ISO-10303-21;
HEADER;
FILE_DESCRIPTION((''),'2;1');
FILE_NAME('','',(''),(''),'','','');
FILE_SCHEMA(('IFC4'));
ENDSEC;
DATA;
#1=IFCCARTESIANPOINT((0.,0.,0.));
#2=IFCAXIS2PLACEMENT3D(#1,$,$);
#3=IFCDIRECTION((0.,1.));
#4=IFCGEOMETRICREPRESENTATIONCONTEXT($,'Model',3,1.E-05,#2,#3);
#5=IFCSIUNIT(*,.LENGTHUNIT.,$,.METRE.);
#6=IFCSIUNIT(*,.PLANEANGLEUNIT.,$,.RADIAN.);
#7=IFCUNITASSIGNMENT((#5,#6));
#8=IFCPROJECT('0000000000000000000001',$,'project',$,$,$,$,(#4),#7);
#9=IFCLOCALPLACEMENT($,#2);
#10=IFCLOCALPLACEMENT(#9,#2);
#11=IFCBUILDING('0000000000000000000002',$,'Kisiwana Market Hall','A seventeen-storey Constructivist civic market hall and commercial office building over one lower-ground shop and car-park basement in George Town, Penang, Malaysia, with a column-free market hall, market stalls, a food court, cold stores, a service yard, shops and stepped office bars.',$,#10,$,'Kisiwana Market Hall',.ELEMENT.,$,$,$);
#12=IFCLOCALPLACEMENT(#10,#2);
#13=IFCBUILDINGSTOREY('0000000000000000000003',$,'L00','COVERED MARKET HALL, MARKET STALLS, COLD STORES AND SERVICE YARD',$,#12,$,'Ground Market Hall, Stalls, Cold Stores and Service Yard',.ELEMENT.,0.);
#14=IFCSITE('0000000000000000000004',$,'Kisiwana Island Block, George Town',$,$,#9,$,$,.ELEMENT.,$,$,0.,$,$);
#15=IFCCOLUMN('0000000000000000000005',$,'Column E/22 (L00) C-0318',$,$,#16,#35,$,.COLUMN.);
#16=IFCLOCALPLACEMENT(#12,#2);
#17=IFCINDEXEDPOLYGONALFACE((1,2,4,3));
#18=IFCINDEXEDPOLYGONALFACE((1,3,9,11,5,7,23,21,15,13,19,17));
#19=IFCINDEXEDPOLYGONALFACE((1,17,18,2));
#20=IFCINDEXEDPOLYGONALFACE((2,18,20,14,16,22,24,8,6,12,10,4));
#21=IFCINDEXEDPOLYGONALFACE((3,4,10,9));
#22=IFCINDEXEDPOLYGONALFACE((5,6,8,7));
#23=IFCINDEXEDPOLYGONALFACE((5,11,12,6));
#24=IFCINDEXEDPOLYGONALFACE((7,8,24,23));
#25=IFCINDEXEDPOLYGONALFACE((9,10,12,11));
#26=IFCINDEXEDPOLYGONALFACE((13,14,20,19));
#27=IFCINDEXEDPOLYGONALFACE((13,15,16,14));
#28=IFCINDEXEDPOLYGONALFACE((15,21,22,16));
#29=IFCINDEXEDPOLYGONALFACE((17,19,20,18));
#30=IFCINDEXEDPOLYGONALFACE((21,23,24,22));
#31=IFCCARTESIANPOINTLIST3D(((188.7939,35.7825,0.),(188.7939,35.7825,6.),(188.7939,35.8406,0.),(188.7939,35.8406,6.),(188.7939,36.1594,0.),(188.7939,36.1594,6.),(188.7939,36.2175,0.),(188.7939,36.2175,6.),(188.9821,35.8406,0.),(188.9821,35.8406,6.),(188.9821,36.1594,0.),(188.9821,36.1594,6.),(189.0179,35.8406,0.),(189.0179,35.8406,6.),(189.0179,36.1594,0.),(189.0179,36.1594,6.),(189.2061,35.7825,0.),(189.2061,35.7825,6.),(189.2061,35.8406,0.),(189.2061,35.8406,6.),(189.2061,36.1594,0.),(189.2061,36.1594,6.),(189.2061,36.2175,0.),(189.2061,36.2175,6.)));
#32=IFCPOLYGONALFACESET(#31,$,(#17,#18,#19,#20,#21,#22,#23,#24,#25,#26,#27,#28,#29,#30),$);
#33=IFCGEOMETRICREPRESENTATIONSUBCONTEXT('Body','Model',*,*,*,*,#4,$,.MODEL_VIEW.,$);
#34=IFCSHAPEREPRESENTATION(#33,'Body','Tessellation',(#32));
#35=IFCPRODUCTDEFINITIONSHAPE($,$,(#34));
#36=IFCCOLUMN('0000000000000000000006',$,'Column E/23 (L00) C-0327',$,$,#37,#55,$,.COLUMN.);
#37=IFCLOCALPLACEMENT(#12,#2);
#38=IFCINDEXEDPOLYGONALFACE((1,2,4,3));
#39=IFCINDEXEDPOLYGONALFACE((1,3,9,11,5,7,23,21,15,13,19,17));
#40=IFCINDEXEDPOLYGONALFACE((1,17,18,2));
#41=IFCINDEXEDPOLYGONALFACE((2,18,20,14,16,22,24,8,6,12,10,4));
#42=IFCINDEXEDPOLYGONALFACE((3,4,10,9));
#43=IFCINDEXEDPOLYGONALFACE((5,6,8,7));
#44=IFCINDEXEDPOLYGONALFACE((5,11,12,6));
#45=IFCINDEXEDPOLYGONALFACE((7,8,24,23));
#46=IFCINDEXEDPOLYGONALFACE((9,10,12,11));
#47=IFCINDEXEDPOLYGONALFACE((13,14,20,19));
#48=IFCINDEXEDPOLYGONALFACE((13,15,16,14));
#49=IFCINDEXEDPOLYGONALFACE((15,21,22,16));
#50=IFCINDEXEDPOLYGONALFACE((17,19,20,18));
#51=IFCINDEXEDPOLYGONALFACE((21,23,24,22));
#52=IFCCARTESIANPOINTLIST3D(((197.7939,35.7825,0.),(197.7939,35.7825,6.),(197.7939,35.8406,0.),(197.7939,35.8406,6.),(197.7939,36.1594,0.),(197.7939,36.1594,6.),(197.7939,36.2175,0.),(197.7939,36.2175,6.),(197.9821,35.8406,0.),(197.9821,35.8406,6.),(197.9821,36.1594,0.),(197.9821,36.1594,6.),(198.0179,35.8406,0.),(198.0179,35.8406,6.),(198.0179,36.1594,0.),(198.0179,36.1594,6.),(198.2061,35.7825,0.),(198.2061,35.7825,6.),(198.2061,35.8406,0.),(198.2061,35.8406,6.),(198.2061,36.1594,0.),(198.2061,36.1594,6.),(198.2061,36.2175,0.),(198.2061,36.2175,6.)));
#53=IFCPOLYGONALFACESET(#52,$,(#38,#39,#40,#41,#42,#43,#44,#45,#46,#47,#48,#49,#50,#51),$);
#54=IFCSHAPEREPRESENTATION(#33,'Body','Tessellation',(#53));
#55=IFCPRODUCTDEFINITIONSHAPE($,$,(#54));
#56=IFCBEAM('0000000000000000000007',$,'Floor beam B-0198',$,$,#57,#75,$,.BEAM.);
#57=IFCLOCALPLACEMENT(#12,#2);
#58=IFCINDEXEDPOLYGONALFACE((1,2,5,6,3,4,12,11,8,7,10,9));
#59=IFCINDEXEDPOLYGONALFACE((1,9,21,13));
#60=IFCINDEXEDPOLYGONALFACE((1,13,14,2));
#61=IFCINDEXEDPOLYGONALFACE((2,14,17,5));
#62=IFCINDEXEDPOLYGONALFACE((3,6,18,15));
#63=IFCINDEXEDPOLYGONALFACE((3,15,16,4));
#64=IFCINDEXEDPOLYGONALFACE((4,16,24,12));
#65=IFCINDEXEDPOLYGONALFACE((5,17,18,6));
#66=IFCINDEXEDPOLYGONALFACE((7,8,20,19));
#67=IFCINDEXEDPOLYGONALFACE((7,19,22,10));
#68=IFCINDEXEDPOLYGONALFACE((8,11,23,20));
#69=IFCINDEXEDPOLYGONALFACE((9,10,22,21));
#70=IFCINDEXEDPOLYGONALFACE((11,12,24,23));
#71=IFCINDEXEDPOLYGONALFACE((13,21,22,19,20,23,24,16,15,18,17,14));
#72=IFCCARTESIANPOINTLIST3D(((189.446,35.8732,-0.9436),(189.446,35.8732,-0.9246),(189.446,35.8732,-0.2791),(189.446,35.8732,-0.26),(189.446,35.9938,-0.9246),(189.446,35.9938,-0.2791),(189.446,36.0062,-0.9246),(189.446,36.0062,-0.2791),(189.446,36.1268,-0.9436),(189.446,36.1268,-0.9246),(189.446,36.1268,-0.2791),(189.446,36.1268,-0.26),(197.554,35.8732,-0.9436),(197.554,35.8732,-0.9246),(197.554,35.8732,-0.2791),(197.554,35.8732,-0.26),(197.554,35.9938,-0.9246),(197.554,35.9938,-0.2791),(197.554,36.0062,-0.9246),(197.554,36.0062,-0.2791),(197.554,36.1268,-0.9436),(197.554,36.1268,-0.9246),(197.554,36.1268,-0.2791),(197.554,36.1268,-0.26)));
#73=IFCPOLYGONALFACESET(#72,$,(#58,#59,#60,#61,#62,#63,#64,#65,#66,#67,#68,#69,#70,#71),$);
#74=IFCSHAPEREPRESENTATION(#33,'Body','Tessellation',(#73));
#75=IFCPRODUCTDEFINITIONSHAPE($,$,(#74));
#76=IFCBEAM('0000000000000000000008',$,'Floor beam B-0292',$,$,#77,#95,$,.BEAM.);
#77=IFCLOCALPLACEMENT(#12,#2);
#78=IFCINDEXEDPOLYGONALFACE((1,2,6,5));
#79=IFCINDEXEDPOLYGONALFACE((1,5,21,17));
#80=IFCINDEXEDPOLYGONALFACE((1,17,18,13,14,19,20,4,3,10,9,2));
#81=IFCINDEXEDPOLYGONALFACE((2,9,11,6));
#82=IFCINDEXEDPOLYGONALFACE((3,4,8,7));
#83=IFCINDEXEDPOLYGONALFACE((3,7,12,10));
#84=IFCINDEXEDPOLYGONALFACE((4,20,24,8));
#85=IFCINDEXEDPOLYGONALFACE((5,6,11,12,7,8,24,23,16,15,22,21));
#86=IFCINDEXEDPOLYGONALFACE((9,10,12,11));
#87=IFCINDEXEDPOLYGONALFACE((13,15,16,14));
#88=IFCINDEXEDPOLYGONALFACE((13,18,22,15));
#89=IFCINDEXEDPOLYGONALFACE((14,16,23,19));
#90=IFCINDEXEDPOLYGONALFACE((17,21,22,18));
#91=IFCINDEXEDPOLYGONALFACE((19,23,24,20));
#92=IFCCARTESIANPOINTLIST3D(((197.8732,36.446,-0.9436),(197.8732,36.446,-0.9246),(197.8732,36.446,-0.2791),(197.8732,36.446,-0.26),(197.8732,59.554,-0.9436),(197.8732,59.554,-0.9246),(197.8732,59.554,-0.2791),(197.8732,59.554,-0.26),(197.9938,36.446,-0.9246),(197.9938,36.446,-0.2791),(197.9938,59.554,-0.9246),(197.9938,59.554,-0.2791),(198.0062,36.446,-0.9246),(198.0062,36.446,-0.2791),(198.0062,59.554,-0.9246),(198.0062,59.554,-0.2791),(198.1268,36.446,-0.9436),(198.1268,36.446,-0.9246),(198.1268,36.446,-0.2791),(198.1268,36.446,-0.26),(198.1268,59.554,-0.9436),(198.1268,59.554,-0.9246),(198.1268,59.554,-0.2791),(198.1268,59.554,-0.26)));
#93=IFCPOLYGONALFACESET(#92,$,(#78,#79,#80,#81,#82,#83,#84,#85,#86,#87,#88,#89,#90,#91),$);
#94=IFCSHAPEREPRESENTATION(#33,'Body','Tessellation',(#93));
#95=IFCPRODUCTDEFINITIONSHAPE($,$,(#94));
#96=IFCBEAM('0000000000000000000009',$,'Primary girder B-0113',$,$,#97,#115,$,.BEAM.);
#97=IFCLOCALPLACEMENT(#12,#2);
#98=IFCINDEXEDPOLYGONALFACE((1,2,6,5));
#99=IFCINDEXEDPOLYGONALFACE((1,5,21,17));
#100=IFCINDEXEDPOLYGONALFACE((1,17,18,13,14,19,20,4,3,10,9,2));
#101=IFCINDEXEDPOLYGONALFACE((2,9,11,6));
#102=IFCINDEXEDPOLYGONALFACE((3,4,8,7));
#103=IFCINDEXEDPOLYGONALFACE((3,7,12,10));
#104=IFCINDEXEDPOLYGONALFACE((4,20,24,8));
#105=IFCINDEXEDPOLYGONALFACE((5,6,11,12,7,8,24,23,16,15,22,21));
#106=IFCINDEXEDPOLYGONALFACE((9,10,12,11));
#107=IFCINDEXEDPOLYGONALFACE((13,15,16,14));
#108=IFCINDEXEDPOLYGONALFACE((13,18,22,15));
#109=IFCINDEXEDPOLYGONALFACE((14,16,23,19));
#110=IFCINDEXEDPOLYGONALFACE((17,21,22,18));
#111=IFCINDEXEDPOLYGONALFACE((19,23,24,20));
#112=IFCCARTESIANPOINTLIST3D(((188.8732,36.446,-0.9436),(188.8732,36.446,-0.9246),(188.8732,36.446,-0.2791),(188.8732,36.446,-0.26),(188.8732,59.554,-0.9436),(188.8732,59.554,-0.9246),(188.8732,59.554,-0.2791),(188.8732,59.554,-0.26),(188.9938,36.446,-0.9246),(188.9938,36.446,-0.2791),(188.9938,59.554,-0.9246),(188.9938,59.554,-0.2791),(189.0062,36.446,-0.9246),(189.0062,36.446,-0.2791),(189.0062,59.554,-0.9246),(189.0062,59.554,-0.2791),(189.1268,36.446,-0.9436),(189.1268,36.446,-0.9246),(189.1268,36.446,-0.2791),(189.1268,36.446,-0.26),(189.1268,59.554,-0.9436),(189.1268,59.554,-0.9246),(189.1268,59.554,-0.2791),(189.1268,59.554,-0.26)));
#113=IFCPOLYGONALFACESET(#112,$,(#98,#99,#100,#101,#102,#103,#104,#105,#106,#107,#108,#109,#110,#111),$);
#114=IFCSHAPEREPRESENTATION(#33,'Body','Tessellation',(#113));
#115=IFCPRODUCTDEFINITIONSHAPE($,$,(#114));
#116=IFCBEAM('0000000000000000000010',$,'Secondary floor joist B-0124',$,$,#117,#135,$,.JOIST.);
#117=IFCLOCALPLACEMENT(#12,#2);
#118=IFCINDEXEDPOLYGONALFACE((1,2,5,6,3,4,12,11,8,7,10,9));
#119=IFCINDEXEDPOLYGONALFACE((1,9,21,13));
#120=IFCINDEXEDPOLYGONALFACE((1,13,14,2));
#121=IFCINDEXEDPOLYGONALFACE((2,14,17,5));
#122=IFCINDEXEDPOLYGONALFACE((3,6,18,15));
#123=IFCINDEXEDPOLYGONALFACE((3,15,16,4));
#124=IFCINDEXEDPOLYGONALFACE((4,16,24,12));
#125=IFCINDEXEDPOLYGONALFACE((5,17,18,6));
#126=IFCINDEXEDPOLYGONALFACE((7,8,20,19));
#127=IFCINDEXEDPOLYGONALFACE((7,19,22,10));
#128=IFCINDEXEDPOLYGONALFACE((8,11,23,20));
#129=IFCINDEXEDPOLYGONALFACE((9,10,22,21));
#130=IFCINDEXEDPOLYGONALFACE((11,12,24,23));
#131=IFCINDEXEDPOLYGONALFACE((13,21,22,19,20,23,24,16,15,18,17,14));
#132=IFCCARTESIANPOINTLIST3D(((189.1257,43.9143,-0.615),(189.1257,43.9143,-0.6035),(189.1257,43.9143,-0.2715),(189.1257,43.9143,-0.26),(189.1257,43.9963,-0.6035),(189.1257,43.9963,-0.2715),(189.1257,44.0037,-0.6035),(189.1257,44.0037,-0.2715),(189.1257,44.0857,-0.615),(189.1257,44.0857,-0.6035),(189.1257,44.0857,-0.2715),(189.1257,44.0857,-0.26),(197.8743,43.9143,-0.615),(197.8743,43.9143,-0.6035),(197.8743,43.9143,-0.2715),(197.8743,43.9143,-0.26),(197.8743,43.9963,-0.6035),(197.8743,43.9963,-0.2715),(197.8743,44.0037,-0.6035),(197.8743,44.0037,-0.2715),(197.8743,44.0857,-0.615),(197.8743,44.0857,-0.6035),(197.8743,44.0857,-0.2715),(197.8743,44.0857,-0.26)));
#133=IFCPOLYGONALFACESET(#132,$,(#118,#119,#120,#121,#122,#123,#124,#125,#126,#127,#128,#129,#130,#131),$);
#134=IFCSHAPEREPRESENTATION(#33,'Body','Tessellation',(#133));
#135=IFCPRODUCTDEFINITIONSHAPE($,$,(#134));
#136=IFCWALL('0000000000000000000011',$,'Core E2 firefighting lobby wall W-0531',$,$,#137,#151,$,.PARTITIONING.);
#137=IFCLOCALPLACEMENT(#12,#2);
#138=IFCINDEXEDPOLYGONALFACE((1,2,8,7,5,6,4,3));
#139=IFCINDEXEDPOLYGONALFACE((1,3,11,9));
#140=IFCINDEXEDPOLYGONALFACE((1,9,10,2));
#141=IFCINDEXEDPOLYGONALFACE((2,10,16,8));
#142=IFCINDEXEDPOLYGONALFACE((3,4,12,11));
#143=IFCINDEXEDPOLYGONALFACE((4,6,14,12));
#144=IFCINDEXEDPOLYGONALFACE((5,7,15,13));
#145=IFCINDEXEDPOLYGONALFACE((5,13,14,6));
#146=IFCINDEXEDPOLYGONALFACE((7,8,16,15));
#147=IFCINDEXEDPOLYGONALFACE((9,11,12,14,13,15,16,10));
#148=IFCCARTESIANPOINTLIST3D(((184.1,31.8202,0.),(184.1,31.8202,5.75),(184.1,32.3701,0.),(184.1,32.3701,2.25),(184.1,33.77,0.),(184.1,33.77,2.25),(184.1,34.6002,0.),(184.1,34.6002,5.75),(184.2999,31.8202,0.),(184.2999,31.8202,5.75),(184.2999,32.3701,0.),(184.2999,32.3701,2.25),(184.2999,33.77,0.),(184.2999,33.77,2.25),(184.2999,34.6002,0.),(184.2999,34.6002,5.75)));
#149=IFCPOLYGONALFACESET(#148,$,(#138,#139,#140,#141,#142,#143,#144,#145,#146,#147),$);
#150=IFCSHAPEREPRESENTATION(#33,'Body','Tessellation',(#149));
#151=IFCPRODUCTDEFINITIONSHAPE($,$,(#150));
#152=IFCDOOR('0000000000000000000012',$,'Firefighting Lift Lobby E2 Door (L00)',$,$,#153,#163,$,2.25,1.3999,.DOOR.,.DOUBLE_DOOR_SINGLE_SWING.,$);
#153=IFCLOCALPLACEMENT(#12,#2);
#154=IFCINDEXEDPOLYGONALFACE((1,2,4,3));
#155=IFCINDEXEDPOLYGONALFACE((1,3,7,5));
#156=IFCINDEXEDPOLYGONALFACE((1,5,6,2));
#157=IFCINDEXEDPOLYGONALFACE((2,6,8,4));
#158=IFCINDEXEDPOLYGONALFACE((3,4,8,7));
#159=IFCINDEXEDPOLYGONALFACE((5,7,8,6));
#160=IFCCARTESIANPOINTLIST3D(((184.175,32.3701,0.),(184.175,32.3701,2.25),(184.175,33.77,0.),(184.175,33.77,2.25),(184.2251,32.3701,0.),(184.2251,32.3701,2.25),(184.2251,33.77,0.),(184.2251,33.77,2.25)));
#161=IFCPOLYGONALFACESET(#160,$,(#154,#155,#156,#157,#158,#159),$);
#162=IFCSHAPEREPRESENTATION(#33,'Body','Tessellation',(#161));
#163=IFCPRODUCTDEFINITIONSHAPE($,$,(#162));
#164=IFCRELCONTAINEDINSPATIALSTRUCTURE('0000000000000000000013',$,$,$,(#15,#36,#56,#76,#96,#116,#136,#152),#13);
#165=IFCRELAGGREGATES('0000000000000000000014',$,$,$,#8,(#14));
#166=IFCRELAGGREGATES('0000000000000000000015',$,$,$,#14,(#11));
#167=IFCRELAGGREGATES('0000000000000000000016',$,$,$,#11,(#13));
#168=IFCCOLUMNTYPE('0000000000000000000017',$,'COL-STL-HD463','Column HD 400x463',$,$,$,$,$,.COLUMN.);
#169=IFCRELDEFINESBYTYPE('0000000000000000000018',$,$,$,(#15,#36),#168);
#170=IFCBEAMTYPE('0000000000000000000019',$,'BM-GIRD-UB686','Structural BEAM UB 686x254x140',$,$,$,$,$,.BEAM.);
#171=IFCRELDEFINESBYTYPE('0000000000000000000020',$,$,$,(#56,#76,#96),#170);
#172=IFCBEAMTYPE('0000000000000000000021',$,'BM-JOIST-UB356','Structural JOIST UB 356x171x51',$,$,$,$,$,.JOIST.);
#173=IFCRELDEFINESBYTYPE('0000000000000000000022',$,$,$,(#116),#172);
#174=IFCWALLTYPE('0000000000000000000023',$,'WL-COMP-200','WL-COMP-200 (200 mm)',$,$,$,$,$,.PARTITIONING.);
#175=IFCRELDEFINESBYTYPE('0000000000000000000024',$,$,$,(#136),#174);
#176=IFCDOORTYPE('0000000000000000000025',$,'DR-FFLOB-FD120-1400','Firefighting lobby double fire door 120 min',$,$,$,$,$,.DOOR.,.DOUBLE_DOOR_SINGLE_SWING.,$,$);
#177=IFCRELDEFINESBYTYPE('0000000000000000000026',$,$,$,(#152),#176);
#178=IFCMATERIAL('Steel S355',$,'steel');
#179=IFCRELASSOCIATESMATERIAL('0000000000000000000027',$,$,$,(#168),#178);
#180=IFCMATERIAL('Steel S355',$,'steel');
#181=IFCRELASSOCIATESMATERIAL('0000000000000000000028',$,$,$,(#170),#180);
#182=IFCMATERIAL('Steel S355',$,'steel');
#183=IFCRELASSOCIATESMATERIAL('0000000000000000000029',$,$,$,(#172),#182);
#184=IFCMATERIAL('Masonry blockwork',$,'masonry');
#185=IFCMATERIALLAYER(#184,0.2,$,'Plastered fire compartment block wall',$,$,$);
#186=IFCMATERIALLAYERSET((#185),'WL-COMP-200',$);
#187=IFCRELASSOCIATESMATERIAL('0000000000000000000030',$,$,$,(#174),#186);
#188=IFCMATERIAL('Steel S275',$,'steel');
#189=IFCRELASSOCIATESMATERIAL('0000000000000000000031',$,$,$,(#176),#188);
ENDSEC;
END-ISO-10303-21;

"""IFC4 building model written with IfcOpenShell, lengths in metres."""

from ifc_helpers import new_model, si_unit, direction, frame, frame_2d, origin, origin_2d, place, context, subcontext, project, spatial, rectangle, i_section, extrude, material, layer, layer_set, material_profile, profile_set, type_object, element, fill, save


model = new_model("IFC4")

# Units and contexts
model_context = context("Model", 3, precision=1e-05, world=origin(), true_north=direction((0.0, 1.0)))
body_context = subcontext(model_context, "Body", "Model", "MODEL_VIEW")
ifc_project = project(units=[si_unit("LENGTHUNIT", "METRE"), si_unit("PLANEANGLEUNIT", "RADIAN")], contexts=[model_context])

# Site, building, storey
site_placement = place(None, origin())
site = spatial("IfcSite", under=ifc_project, at=site_placement, Name="Kisiwana Island Block, George Town", CompositionType="ELEMENT", RefElevation=0.0)
building_placement = place(site_placement, origin())
building = spatial("IfcBuilding", under=site, at=building_placement, Name="Kisiwana Market Hall", Description="A seventeen-storey Constructivist civic market hall and commercial office building over one lower-ground shop and car-park basement in George Town, Penang, Malaysia, with a column-free market hall, market stalls, a food court, cold stores, a service yard, shops and stepped office bars.", LongName="Kisiwana Market Hall", CompositionType="ELEMENT")
storey_placement = place(building_placement, origin())
storey = spatial("IfcBuildingStorey", under=building, at=storey_placement, Name="L00", Description="COVERED MARKET HALL, MARKET STALLS, COLD STORES AND SERVICE YARD", LongName="Ground Market Hall, Stalls, Cold Stores and Service Yard", CompositionType="ELEMENT", Elevation=0.0)

# Columns
ifc_material_1 = material(Name="Steel S355", Category="steel")
ifc_material_profile_1 = material_profile(ifc_material_1, i_section(OverallWidth=0.4121, OverallDepth=0.4351, WebThickness=0.0359, FlangeThickness=0.0581, at=origin_2d()), Name="HD 400x463")
ifc_profile_set_1 = profile_set([ifc_material_profile_1], Name="Steel S355")
column_type = type_object("IfcColumnType", Name="COL-STL-HD463", Description="Column HD 400x463", PredefinedType="COLUMN", material=ifc_profile_set_1)
for number, where, z_axis, x_axis, name in (
    (1, (189.0, 36.0, 0.0), (0.0, 0.0, 1.0), (1.0, 0.0, 0.0), "Column E/22 (L00) C-0318"),
    (2, (198.0, 36.0, 0.0), (0.0, 0.0, 1.0), (1.0, 0.0, 0.0), "Column E/23 (L00) C-0327"),
):
    element("IfcColumn", number, at=place(storey_placement, frame(where, z_axis=z_axis, x_axis=x_axis)), inside=storey, type_object=column_type, Name=name, PredefinedType="COLUMN", context=body_context, shape_type="SweptSolid", body=[
        extrude(i_section(OverallWidth=0.4121, OverallDepth=0.4351, WebThickness=0.0359, FlangeThickness=0.0581, at=origin_2d()), origin(), (0.0, 0.0, 1.0), 6.0),
    ])

# Beams
ifc_material_2 = material(Name="Steel S355", Category="steel")
ifc_material_profile_2 = material_profile(ifc_material_2, i_section(OverallWidth=0.2537, OverallDepth=0.6836, WebThickness=0.0125, FlangeThickness=0.019, at=origin_2d()), Name="UB 686x254x140")
ifc_profile_set_2 = profile_set([ifc_material_profile_2], Name="Steel S355")
beam_type_1 = type_object("IfcBeamType", Name="BM-GIRD-UB686", Description="Structural BEAM UB 686x254x140", PredefinedType="BEAM", material=ifc_profile_set_2)
beam_1_placement = place(storey_placement, frame((189.446, 36.0, -0.6018), z_axis=(1.0, 0.0, 0.0), x_axis=(0.0, 1.0, 0.0)))
element("IfcBeam", 3, at=beam_1_placement, inside=storey, type_object=beam_type_1, Name="Floor beam B-0198", PredefinedType="BEAM", context=body_context, shape_type="SweptSolid", body=[
    extrude(i_section(OverallWidth=0.2537, OverallDepth=0.6836, WebThickness=0.0125, FlangeThickness=0.019, at=origin_2d()), origin(), (0.0, 0.0, 1.0), 8.1079),
])
for number, where, z_axis, x_axis, name in (
    (4, (198.0, 36.446, -0.6018), (0.0, 1.0, 0.0), (-1.0, 0.0, 0.0), "Floor beam B-0292"),
    (5, (189.0, 36.446, -0.6018), (0.0, 1.0, 0.0), (-1.0, 0.0, 0.0), "Primary girder B-0113"),
):
    element("IfcBeam", number, at=place(storey_placement, frame(where, z_axis=z_axis, x_axis=x_axis)), inside=storey, type_object=beam_type_1, Name=name, PredefinedType="BEAM", context=body_context, shape_type="SweptSolid", body=[
        extrude(i_section(OverallWidth=0.2537, OverallDepth=0.6836, WebThickness=0.0125, FlangeThickness=0.019, at=origin_2d()), origin(), (0.0, 0.0, 1.0), 23.1079),
    ])
ifc_material_3 = material(Name="Steel S355", Category="steel")
ifc_material_profile_3 = material_profile(ifc_material_3, i_section(OverallWidth=0.1714, OverallDepth=0.355, WebThickness=0.0073, FlangeThickness=0.0115, at=origin_2d()), Name="UB 356x171x51")
ifc_profile_set_3 = profile_set([ifc_material_profile_3], Name="Steel S355")
beam_type_2 = type_object("IfcBeamType", Name="BM-JOIST-UB356", Description="Structural JOIST UB 356x171x51", PredefinedType="JOIST", material=ifc_profile_set_3)
beam_2_placement = place(storey_placement, frame((189.1257, 44.0, -0.4375), z_axis=(1.0, 0.0, 0.0), x_axis=(0.0, 1.0, 0.0)))
element("IfcBeam", 6, at=beam_2_placement, inside=storey, type_object=beam_type_2, Name="Secondary floor joist B-0124", PredefinedType="JOIST", context=body_context, shape_type="SweptSolid", body=[
    extrude(i_section(OverallWidth=0.1714, OverallDepth=0.355, WebThickness=0.0073, FlangeThickness=0.0115, at=origin_2d()), origin(), (0.0, 0.0, 1.0), 8.7485),
])

# Wall, opening, door
ifc_material_4 = material(Name="Masonry blockwork", Category="masonry")
ifc_layer_1 = layer(ifc_material_4, 0.2, Name="Plastered fire compartment block wall")
ifc_layer_set_1 = layer_set([ifc_layer_1], Name="WL-COMP-200")
wall_type_1 = type_object("IfcWallType", Name="WL-COMP-200", Description="WL-COMP-200 (200 mm)", PredefinedType="PARTITIONING", material=ifc_layer_set_1)
wall_1_placement = place(storey_placement, frame((184.2, 31.8201, 0.0), z_axis=(0.0, 0.0, 1.0), x_axis=(0.0, 1.0, 0.0)))
wall_1 = element("IfcWall", 7, at=wall_1_placement, inside=storey, type_object=wall_type_1, Name="Core E2 firefighting lobby wall W-0531", PredefinedType="PARTITIONING", context=body_context, shape_type="SweptSolid", body=[
    extrude(rectangle(XDim=2.78, YDim=0.2, at=frame_2d((1.3901, 0.0))), origin(), (0.0, 0.0, 1.0), 5.75),
])
opening_1_placement = place(wall_1_placement, frame((0.55, 0.0, 0.0)))
opening_1 = element("IfcOpeningElement", 8, at=opening_1_placement, cuts=wall_1, PredefinedType="OPENING", context=body_context, shape_type="SweptSolid", body=[
    extrude(rectangle(XDim=1.3999, YDim=2.25, at=frame_2d((0.7, 1.125))), frame((0.0, 0.1118, 0.0), z_axis=(0.0, -1.0, 0.0), x_axis=(1.0, 0.0, 0.0)), (0.0, 0.0, 1.0), 0.2239),
])
ifc_material_5 = material(Name="Steel S275", Category="steel")
door_type_1 = type_object("IfcDoorType", Name="DR-FFLOB-FD120-1400", Description="Firefighting lobby double fire door 120 min", OperationType="DOUBLE_DOOR_SINGLE_SWING", PredefinedType="DOOR", material=ifc_material_5)
door_1_placement = place(opening_1_placement, origin())
door_1 = element("IfcDoor", 9, at=door_1_placement, inside=storey, type_object=door_type_1, Name="Firefighting Lift Lobby E2 Door (L00)", OperationType="DOUBLE_DOOR_SINGLE_SWING", OverallHeight=2.25, OverallWidth=1.3999, PredefinedType="DOOR", context=body_context, shape_type="SweptSolid", body=[
    extrude(rectangle(XDim=1.3999, YDim=2.25, at=frame_2d((0.7, 1.125))), frame((0.0, 0.0249, 0.0), z_axis=(0.0, -1.0, 0.0), x_axis=(1.0, 0.0, 0.0)), (0.0, 0.0, 1.0), 0.05),
])
fill(opening_1, door_1)

save(model, "model.ifc")
